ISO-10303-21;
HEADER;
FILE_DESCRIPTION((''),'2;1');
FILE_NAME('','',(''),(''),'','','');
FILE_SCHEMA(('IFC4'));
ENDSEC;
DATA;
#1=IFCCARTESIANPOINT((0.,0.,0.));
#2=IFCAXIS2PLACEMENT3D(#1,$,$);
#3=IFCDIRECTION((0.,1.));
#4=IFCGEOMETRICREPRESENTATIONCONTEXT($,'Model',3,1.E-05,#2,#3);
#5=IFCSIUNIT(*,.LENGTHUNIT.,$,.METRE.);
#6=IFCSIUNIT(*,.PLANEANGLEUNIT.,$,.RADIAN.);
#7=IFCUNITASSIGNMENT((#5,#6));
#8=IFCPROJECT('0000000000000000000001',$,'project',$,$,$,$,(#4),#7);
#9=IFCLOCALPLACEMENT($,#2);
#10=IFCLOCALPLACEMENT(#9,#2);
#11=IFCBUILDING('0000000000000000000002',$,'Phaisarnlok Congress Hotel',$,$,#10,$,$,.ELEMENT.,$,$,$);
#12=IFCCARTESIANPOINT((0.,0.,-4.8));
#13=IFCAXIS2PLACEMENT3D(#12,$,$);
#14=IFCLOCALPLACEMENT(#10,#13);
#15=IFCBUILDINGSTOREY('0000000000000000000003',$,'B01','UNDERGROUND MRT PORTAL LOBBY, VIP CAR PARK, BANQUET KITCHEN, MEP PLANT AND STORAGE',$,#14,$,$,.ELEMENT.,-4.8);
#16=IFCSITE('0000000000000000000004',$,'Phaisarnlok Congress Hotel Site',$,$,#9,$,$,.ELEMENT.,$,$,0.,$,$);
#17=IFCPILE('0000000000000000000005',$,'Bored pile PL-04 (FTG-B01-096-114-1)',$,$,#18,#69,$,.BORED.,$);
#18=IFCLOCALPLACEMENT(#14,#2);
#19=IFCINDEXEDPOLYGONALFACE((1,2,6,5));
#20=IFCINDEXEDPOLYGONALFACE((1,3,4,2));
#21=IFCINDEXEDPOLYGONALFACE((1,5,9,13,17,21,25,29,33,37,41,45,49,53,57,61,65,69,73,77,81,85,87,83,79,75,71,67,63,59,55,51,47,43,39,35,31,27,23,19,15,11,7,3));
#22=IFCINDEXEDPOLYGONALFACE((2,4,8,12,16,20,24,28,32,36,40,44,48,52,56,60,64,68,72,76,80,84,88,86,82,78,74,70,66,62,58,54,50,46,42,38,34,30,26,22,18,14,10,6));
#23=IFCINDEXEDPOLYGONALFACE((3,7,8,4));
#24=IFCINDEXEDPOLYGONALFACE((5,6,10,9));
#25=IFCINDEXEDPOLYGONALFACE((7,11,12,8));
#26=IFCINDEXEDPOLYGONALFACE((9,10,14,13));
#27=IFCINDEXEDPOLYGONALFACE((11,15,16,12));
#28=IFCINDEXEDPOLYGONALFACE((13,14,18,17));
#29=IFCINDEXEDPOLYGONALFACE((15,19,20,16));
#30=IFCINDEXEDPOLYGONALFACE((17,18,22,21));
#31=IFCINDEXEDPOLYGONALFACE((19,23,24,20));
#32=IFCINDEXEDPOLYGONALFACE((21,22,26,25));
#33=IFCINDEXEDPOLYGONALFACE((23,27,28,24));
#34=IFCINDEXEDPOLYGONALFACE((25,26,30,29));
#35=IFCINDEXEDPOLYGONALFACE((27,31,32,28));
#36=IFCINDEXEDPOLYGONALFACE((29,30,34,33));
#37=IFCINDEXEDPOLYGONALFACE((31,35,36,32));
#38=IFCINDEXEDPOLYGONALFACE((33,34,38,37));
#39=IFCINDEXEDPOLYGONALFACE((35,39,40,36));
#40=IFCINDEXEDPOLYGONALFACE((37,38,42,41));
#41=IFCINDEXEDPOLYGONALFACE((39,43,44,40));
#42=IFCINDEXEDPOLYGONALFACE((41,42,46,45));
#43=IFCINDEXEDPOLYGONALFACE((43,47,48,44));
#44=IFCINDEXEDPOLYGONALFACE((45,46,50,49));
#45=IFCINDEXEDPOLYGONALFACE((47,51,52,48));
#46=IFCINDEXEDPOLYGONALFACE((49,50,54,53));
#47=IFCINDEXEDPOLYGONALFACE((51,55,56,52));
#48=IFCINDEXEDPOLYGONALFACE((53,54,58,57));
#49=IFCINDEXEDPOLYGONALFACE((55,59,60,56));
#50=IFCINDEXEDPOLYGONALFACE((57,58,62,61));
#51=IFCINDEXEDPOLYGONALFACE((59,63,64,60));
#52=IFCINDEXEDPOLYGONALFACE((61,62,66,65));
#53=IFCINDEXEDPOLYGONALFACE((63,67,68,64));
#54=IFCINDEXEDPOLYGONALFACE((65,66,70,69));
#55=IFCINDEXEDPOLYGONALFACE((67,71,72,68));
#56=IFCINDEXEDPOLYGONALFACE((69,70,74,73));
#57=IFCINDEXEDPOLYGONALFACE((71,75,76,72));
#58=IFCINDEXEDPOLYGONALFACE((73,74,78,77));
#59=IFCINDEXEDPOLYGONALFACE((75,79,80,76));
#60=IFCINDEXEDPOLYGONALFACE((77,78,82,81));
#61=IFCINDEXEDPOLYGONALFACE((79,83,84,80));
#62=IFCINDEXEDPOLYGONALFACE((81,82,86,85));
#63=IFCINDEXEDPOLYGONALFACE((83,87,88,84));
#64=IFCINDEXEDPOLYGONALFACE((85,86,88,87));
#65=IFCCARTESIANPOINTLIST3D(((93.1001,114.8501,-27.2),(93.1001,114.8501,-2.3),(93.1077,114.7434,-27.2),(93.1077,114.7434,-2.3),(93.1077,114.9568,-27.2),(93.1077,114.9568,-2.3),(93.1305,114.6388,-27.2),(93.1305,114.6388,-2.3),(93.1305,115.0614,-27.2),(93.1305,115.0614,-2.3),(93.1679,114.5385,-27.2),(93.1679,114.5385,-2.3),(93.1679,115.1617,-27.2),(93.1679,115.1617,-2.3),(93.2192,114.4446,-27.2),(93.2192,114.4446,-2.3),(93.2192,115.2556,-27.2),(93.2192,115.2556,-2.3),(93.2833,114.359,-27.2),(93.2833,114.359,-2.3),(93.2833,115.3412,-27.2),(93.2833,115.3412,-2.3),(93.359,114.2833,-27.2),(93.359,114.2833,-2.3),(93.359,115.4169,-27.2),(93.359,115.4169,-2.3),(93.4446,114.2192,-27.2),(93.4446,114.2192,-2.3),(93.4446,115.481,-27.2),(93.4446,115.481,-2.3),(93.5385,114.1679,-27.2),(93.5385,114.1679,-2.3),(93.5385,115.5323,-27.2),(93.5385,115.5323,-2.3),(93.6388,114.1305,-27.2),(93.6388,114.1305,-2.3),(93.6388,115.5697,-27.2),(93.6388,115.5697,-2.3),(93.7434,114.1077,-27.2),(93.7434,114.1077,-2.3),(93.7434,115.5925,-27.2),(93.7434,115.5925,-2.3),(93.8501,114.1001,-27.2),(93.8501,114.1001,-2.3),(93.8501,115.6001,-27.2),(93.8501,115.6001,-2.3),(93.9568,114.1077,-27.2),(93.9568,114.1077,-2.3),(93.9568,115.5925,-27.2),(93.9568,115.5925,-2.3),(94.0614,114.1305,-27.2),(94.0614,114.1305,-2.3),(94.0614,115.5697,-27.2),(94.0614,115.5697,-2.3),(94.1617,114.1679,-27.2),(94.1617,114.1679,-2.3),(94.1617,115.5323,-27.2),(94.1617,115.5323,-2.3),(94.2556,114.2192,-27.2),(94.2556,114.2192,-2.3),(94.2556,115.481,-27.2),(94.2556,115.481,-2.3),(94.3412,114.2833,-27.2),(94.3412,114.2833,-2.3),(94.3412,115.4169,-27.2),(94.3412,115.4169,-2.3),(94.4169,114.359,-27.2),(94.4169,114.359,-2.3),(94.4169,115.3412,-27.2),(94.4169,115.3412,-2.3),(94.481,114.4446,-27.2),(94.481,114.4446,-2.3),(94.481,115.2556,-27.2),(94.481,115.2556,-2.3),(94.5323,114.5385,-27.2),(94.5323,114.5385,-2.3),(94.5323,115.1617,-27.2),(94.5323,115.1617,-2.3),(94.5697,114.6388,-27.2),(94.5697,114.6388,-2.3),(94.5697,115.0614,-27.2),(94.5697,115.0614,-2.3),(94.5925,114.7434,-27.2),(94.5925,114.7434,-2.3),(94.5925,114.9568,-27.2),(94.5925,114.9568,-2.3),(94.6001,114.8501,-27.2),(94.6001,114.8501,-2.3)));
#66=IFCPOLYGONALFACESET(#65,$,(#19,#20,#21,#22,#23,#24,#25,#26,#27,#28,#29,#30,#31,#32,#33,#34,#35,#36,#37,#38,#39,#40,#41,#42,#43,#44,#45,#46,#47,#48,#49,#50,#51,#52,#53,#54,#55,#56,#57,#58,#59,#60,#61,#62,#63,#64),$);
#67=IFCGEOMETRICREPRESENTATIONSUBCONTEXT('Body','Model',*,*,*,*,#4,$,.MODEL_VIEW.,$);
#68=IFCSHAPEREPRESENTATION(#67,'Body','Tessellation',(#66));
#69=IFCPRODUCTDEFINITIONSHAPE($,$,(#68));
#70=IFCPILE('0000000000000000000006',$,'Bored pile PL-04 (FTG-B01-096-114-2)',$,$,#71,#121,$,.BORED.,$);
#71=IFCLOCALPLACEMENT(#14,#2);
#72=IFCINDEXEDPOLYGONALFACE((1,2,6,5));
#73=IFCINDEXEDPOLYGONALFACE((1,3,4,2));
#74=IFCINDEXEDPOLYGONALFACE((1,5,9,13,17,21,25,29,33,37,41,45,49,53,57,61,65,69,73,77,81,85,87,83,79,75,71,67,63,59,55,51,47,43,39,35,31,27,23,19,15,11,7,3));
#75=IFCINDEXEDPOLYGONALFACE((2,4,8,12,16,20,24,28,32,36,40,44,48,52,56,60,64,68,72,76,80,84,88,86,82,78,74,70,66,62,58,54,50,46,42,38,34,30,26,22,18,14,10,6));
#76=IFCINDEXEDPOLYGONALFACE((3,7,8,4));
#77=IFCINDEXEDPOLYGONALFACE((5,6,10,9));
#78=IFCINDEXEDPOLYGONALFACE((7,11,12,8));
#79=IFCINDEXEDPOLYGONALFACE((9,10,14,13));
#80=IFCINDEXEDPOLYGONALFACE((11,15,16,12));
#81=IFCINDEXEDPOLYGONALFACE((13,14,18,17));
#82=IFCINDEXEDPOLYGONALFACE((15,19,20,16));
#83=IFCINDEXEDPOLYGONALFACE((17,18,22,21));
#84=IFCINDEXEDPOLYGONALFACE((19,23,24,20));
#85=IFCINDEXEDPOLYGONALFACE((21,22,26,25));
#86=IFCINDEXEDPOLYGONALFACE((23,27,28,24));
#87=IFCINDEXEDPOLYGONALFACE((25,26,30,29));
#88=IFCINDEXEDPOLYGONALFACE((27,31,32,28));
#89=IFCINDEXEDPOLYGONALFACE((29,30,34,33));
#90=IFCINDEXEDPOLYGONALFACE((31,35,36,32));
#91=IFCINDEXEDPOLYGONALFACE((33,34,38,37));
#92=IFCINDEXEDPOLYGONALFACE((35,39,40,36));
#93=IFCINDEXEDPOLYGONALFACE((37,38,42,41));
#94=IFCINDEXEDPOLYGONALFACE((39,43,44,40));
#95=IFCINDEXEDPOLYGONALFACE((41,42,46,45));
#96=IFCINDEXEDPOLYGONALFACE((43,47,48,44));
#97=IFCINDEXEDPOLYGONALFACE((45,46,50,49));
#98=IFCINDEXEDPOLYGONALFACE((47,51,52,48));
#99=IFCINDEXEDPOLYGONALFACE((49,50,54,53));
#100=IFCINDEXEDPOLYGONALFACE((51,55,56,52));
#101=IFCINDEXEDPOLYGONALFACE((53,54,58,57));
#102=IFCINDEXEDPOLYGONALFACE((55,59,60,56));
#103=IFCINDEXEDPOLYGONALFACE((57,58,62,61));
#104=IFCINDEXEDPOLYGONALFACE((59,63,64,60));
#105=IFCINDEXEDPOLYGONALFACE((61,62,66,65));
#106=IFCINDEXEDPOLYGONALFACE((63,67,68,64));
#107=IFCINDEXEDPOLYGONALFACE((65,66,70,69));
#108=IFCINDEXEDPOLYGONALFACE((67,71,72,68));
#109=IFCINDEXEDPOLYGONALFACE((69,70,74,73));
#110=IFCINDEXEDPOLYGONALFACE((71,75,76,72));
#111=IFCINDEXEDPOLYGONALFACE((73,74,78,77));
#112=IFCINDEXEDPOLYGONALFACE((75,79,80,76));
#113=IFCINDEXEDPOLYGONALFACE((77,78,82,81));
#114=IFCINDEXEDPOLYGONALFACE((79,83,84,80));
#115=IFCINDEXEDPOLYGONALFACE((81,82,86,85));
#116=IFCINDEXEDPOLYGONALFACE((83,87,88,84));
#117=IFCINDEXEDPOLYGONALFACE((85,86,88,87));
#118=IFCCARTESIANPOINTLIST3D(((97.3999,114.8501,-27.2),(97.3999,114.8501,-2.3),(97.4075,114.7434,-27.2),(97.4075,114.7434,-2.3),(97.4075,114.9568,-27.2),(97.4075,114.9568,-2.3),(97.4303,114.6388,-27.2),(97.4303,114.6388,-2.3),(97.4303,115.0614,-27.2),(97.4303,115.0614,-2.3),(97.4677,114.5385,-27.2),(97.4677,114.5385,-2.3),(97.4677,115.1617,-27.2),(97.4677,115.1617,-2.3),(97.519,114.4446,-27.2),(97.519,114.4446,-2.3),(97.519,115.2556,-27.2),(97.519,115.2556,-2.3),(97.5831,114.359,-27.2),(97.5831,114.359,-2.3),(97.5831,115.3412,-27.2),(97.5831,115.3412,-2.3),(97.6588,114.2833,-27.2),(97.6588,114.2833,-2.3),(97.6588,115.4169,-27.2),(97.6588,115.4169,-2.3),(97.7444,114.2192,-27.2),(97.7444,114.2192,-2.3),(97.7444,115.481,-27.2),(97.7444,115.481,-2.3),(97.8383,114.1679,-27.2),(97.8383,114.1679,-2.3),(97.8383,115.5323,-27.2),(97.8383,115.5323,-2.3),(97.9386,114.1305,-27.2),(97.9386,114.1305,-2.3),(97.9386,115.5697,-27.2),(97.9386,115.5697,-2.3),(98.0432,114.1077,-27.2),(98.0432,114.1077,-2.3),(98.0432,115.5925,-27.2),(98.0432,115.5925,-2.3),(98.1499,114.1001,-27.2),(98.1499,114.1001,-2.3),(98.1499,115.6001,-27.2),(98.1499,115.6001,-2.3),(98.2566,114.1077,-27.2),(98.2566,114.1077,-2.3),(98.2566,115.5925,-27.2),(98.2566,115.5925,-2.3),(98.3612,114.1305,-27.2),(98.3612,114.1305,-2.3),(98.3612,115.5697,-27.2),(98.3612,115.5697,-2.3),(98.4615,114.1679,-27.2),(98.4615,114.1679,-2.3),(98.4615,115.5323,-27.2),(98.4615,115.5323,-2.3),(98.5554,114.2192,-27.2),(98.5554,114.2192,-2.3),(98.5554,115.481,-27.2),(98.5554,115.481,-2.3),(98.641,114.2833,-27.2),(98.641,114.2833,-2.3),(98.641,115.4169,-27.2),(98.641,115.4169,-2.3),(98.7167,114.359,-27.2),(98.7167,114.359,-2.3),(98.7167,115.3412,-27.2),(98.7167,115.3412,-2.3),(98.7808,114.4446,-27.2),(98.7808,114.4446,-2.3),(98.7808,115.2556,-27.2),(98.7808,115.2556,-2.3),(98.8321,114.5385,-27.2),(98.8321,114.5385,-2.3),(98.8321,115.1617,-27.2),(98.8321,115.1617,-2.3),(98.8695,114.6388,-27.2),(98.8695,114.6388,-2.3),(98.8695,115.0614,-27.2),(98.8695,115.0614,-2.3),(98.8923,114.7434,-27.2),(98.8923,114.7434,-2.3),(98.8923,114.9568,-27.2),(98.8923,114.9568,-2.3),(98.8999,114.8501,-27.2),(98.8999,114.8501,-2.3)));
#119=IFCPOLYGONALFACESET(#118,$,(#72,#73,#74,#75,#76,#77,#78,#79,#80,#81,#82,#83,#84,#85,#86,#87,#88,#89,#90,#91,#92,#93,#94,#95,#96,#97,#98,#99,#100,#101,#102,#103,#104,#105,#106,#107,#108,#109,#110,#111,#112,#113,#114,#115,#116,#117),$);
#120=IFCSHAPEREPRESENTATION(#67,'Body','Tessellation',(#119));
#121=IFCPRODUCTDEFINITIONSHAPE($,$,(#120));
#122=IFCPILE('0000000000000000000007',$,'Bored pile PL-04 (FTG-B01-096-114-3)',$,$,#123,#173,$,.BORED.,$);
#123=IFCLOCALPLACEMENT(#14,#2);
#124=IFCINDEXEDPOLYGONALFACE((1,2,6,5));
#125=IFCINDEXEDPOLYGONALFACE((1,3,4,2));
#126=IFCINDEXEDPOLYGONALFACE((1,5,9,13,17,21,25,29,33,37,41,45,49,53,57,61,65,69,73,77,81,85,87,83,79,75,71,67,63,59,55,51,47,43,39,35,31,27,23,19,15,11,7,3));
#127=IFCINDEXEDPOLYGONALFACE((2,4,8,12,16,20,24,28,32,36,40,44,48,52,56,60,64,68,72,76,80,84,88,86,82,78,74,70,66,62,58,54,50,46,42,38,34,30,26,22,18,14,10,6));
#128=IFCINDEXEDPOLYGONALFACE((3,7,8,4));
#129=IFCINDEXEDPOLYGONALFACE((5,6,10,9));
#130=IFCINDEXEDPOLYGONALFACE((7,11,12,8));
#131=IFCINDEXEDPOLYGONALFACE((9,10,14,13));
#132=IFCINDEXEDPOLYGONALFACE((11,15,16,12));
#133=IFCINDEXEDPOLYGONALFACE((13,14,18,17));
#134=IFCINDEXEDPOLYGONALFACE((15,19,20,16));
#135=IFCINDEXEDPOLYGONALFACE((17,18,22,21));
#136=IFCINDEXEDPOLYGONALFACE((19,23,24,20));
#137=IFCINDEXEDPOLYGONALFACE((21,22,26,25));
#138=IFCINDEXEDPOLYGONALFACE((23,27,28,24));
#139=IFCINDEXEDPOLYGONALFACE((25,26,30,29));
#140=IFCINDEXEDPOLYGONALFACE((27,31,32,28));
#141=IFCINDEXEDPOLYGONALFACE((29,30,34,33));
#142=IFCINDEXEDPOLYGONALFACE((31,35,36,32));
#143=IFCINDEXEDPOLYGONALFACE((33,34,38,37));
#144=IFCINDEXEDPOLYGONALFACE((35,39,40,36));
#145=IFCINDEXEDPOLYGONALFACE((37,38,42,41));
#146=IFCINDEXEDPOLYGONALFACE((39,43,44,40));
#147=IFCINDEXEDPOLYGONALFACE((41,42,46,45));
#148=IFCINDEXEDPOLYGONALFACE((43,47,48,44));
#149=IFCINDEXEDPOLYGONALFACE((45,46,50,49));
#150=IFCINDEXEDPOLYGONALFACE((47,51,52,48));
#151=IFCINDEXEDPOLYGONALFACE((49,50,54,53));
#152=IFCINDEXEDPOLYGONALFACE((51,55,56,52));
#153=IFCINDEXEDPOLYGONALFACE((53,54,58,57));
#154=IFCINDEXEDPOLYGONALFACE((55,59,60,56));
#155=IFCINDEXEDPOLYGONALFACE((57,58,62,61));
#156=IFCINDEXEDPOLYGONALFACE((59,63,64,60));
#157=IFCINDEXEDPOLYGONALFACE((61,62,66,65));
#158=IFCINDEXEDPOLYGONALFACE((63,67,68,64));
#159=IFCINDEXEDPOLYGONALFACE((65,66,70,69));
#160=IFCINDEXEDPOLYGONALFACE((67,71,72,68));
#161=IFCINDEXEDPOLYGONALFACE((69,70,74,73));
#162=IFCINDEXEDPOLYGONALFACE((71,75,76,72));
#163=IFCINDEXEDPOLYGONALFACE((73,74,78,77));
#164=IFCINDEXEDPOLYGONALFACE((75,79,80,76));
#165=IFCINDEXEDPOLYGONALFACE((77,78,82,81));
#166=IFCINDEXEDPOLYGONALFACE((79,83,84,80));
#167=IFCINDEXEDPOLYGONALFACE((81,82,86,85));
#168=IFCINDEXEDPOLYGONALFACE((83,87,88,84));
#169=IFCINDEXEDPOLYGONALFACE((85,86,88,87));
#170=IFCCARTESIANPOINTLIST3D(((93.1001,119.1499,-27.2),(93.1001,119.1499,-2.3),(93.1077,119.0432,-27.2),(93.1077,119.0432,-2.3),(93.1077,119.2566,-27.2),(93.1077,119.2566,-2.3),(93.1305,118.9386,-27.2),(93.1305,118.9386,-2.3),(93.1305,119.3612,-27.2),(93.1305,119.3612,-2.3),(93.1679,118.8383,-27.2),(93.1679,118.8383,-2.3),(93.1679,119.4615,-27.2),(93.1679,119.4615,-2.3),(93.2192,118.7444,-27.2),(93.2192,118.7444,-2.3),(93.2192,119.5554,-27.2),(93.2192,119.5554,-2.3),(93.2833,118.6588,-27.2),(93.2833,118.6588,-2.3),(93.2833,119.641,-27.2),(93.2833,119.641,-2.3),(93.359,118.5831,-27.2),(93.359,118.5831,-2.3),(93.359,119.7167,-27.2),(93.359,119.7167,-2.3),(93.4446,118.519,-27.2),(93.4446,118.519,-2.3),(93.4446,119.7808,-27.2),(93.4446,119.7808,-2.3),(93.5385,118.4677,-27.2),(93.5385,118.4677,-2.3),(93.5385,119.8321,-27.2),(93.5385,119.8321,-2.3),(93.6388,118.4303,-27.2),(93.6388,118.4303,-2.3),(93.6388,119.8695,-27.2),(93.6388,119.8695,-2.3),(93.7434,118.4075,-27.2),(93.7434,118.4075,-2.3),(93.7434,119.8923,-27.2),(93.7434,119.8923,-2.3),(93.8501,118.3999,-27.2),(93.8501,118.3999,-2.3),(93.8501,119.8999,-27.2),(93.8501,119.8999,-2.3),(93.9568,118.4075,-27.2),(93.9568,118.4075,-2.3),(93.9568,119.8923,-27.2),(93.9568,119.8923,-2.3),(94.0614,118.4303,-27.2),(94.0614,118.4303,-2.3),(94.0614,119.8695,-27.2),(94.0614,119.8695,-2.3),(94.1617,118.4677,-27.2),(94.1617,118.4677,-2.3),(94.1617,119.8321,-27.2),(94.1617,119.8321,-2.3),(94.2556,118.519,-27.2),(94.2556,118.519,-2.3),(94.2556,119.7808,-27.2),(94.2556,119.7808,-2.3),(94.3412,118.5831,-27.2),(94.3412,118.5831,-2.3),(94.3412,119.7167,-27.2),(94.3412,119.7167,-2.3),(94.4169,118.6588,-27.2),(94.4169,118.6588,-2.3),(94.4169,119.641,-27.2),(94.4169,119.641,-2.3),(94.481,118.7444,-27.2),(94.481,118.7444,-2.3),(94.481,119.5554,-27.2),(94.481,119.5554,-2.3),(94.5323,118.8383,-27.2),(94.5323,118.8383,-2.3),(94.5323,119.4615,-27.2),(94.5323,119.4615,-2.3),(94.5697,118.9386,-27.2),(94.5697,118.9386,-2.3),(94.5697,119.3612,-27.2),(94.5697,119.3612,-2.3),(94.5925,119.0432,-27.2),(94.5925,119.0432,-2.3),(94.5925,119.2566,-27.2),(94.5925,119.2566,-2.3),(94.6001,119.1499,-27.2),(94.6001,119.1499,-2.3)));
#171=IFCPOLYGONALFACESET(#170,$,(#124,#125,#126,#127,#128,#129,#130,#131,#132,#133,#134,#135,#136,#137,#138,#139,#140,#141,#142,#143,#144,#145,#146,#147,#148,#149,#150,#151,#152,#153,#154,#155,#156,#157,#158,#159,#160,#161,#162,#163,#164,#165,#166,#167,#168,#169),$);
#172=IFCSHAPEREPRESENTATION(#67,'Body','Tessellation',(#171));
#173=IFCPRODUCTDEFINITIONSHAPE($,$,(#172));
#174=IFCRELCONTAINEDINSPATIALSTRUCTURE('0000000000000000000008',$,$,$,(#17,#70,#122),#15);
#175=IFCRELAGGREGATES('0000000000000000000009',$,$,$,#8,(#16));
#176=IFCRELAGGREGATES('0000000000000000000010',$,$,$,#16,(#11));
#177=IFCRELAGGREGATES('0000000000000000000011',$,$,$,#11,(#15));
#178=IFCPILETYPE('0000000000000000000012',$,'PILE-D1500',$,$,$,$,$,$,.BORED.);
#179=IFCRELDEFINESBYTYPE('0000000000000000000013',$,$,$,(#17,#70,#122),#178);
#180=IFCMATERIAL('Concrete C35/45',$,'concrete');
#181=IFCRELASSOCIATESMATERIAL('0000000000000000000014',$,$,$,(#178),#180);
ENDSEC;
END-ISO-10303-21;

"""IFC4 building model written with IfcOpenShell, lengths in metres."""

from ifc_helpers import new_model, si_unit, direction, frame, origin, origin_2d, place, context, subcontext, project, spatial, circle, extrude, material, material_profile, profile_set, type_object, element, save


model = new_model("IFC4")

# Units and contexts
model_context = context("Model", 3, precision=1e-05, world=origin(), true_north=direction((0.0, 1.0)))
body_context = subcontext(model_context, "Body", "Model", "MODEL_VIEW")
ifc_project = project(units=[si_unit("LENGTHUNIT", "METRE"), si_unit("PLANEANGLEUNIT", "RADIAN")], contexts=[model_context])

# Site, building, storey
site_placement = place(None, origin())
site = spatial("IfcSite", under=ifc_project, at=site_placement, Name="Phaisarnlok Congress Hotel Site", CompositionType="ELEMENT", RefElevation=0.0)
building_placement = place(site_placement, origin())
building = spatial("IfcBuilding", under=site, at=building_placement, Name="Phaisarnlok Congress Hotel", CompositionType="ELEMENT")
storey_placement = place(building_placement, frame((0.0, 0.0, -4.8)))
storey = spatial("IfcBuildingStorey", under=building, at=storey_placement, Name="B01", Description="UNDERGROUND MRT PORTAL LOBBY, VIP CAR PARK, BANQUET KITCHEN, MEP PLANT AND STORAGE", CompositionType="ELEMENT", Elevation=-4.8)

# Piles
ifc_material_1 = material(Name="Concrete C35/45", Category="concrete")
ifc_material_profile_1 = material_profile(ifc_material_1, circle(Radius=0.75, at=origin_2d()), Name="BORED PILE D1500")
ifc_profile_set_1 = profile_set([ifc_material_profile_1], Name="Concrete C35/45")
pile_type_1 = type_object("IfcPileType", Name="PILE-D1500", PredefinedType="BORED", material=ifc_profile_set_1)
for number, where, z_axis, x_axis, name in (
    (1, (93.8501, 114.8501, -2.3), (0.0, 0.0, -1.0), (1.0, 0.0, 0.0), "Bored pile PL-04 (FTG-B01-096-114-1)"),
    (2, (98.1499, 114.8501, -2.3), (0.0, 0.0, -1.0), (1.0, 0.0, 0.0), "Bored pile PL-04 (FTG-B01-096-114-2)"),
    (3, (93.8501, 119.1499, -2.3), (0.0, 0.0, -1.0), (1.0, 0.0, 0.0), "Bored pile PL-04 (FTG-B01-096-114-3)"),
):
    element("IfcPile", number, at=place(storey_placement, frame(where, z_axis=z_axis, x_axis=x_axis)), inside=storey, type_object=pile_type_1, Name=name, PredefinedType="BORED", context=body_context, shape_type="SweptSolid", body=[
        extrude(circle(Radius=0.75, at=origin_2d()), origin(), (0.0, 0.0, 1.0), 24.8999),
    ])

save(model, "model.ifc")
